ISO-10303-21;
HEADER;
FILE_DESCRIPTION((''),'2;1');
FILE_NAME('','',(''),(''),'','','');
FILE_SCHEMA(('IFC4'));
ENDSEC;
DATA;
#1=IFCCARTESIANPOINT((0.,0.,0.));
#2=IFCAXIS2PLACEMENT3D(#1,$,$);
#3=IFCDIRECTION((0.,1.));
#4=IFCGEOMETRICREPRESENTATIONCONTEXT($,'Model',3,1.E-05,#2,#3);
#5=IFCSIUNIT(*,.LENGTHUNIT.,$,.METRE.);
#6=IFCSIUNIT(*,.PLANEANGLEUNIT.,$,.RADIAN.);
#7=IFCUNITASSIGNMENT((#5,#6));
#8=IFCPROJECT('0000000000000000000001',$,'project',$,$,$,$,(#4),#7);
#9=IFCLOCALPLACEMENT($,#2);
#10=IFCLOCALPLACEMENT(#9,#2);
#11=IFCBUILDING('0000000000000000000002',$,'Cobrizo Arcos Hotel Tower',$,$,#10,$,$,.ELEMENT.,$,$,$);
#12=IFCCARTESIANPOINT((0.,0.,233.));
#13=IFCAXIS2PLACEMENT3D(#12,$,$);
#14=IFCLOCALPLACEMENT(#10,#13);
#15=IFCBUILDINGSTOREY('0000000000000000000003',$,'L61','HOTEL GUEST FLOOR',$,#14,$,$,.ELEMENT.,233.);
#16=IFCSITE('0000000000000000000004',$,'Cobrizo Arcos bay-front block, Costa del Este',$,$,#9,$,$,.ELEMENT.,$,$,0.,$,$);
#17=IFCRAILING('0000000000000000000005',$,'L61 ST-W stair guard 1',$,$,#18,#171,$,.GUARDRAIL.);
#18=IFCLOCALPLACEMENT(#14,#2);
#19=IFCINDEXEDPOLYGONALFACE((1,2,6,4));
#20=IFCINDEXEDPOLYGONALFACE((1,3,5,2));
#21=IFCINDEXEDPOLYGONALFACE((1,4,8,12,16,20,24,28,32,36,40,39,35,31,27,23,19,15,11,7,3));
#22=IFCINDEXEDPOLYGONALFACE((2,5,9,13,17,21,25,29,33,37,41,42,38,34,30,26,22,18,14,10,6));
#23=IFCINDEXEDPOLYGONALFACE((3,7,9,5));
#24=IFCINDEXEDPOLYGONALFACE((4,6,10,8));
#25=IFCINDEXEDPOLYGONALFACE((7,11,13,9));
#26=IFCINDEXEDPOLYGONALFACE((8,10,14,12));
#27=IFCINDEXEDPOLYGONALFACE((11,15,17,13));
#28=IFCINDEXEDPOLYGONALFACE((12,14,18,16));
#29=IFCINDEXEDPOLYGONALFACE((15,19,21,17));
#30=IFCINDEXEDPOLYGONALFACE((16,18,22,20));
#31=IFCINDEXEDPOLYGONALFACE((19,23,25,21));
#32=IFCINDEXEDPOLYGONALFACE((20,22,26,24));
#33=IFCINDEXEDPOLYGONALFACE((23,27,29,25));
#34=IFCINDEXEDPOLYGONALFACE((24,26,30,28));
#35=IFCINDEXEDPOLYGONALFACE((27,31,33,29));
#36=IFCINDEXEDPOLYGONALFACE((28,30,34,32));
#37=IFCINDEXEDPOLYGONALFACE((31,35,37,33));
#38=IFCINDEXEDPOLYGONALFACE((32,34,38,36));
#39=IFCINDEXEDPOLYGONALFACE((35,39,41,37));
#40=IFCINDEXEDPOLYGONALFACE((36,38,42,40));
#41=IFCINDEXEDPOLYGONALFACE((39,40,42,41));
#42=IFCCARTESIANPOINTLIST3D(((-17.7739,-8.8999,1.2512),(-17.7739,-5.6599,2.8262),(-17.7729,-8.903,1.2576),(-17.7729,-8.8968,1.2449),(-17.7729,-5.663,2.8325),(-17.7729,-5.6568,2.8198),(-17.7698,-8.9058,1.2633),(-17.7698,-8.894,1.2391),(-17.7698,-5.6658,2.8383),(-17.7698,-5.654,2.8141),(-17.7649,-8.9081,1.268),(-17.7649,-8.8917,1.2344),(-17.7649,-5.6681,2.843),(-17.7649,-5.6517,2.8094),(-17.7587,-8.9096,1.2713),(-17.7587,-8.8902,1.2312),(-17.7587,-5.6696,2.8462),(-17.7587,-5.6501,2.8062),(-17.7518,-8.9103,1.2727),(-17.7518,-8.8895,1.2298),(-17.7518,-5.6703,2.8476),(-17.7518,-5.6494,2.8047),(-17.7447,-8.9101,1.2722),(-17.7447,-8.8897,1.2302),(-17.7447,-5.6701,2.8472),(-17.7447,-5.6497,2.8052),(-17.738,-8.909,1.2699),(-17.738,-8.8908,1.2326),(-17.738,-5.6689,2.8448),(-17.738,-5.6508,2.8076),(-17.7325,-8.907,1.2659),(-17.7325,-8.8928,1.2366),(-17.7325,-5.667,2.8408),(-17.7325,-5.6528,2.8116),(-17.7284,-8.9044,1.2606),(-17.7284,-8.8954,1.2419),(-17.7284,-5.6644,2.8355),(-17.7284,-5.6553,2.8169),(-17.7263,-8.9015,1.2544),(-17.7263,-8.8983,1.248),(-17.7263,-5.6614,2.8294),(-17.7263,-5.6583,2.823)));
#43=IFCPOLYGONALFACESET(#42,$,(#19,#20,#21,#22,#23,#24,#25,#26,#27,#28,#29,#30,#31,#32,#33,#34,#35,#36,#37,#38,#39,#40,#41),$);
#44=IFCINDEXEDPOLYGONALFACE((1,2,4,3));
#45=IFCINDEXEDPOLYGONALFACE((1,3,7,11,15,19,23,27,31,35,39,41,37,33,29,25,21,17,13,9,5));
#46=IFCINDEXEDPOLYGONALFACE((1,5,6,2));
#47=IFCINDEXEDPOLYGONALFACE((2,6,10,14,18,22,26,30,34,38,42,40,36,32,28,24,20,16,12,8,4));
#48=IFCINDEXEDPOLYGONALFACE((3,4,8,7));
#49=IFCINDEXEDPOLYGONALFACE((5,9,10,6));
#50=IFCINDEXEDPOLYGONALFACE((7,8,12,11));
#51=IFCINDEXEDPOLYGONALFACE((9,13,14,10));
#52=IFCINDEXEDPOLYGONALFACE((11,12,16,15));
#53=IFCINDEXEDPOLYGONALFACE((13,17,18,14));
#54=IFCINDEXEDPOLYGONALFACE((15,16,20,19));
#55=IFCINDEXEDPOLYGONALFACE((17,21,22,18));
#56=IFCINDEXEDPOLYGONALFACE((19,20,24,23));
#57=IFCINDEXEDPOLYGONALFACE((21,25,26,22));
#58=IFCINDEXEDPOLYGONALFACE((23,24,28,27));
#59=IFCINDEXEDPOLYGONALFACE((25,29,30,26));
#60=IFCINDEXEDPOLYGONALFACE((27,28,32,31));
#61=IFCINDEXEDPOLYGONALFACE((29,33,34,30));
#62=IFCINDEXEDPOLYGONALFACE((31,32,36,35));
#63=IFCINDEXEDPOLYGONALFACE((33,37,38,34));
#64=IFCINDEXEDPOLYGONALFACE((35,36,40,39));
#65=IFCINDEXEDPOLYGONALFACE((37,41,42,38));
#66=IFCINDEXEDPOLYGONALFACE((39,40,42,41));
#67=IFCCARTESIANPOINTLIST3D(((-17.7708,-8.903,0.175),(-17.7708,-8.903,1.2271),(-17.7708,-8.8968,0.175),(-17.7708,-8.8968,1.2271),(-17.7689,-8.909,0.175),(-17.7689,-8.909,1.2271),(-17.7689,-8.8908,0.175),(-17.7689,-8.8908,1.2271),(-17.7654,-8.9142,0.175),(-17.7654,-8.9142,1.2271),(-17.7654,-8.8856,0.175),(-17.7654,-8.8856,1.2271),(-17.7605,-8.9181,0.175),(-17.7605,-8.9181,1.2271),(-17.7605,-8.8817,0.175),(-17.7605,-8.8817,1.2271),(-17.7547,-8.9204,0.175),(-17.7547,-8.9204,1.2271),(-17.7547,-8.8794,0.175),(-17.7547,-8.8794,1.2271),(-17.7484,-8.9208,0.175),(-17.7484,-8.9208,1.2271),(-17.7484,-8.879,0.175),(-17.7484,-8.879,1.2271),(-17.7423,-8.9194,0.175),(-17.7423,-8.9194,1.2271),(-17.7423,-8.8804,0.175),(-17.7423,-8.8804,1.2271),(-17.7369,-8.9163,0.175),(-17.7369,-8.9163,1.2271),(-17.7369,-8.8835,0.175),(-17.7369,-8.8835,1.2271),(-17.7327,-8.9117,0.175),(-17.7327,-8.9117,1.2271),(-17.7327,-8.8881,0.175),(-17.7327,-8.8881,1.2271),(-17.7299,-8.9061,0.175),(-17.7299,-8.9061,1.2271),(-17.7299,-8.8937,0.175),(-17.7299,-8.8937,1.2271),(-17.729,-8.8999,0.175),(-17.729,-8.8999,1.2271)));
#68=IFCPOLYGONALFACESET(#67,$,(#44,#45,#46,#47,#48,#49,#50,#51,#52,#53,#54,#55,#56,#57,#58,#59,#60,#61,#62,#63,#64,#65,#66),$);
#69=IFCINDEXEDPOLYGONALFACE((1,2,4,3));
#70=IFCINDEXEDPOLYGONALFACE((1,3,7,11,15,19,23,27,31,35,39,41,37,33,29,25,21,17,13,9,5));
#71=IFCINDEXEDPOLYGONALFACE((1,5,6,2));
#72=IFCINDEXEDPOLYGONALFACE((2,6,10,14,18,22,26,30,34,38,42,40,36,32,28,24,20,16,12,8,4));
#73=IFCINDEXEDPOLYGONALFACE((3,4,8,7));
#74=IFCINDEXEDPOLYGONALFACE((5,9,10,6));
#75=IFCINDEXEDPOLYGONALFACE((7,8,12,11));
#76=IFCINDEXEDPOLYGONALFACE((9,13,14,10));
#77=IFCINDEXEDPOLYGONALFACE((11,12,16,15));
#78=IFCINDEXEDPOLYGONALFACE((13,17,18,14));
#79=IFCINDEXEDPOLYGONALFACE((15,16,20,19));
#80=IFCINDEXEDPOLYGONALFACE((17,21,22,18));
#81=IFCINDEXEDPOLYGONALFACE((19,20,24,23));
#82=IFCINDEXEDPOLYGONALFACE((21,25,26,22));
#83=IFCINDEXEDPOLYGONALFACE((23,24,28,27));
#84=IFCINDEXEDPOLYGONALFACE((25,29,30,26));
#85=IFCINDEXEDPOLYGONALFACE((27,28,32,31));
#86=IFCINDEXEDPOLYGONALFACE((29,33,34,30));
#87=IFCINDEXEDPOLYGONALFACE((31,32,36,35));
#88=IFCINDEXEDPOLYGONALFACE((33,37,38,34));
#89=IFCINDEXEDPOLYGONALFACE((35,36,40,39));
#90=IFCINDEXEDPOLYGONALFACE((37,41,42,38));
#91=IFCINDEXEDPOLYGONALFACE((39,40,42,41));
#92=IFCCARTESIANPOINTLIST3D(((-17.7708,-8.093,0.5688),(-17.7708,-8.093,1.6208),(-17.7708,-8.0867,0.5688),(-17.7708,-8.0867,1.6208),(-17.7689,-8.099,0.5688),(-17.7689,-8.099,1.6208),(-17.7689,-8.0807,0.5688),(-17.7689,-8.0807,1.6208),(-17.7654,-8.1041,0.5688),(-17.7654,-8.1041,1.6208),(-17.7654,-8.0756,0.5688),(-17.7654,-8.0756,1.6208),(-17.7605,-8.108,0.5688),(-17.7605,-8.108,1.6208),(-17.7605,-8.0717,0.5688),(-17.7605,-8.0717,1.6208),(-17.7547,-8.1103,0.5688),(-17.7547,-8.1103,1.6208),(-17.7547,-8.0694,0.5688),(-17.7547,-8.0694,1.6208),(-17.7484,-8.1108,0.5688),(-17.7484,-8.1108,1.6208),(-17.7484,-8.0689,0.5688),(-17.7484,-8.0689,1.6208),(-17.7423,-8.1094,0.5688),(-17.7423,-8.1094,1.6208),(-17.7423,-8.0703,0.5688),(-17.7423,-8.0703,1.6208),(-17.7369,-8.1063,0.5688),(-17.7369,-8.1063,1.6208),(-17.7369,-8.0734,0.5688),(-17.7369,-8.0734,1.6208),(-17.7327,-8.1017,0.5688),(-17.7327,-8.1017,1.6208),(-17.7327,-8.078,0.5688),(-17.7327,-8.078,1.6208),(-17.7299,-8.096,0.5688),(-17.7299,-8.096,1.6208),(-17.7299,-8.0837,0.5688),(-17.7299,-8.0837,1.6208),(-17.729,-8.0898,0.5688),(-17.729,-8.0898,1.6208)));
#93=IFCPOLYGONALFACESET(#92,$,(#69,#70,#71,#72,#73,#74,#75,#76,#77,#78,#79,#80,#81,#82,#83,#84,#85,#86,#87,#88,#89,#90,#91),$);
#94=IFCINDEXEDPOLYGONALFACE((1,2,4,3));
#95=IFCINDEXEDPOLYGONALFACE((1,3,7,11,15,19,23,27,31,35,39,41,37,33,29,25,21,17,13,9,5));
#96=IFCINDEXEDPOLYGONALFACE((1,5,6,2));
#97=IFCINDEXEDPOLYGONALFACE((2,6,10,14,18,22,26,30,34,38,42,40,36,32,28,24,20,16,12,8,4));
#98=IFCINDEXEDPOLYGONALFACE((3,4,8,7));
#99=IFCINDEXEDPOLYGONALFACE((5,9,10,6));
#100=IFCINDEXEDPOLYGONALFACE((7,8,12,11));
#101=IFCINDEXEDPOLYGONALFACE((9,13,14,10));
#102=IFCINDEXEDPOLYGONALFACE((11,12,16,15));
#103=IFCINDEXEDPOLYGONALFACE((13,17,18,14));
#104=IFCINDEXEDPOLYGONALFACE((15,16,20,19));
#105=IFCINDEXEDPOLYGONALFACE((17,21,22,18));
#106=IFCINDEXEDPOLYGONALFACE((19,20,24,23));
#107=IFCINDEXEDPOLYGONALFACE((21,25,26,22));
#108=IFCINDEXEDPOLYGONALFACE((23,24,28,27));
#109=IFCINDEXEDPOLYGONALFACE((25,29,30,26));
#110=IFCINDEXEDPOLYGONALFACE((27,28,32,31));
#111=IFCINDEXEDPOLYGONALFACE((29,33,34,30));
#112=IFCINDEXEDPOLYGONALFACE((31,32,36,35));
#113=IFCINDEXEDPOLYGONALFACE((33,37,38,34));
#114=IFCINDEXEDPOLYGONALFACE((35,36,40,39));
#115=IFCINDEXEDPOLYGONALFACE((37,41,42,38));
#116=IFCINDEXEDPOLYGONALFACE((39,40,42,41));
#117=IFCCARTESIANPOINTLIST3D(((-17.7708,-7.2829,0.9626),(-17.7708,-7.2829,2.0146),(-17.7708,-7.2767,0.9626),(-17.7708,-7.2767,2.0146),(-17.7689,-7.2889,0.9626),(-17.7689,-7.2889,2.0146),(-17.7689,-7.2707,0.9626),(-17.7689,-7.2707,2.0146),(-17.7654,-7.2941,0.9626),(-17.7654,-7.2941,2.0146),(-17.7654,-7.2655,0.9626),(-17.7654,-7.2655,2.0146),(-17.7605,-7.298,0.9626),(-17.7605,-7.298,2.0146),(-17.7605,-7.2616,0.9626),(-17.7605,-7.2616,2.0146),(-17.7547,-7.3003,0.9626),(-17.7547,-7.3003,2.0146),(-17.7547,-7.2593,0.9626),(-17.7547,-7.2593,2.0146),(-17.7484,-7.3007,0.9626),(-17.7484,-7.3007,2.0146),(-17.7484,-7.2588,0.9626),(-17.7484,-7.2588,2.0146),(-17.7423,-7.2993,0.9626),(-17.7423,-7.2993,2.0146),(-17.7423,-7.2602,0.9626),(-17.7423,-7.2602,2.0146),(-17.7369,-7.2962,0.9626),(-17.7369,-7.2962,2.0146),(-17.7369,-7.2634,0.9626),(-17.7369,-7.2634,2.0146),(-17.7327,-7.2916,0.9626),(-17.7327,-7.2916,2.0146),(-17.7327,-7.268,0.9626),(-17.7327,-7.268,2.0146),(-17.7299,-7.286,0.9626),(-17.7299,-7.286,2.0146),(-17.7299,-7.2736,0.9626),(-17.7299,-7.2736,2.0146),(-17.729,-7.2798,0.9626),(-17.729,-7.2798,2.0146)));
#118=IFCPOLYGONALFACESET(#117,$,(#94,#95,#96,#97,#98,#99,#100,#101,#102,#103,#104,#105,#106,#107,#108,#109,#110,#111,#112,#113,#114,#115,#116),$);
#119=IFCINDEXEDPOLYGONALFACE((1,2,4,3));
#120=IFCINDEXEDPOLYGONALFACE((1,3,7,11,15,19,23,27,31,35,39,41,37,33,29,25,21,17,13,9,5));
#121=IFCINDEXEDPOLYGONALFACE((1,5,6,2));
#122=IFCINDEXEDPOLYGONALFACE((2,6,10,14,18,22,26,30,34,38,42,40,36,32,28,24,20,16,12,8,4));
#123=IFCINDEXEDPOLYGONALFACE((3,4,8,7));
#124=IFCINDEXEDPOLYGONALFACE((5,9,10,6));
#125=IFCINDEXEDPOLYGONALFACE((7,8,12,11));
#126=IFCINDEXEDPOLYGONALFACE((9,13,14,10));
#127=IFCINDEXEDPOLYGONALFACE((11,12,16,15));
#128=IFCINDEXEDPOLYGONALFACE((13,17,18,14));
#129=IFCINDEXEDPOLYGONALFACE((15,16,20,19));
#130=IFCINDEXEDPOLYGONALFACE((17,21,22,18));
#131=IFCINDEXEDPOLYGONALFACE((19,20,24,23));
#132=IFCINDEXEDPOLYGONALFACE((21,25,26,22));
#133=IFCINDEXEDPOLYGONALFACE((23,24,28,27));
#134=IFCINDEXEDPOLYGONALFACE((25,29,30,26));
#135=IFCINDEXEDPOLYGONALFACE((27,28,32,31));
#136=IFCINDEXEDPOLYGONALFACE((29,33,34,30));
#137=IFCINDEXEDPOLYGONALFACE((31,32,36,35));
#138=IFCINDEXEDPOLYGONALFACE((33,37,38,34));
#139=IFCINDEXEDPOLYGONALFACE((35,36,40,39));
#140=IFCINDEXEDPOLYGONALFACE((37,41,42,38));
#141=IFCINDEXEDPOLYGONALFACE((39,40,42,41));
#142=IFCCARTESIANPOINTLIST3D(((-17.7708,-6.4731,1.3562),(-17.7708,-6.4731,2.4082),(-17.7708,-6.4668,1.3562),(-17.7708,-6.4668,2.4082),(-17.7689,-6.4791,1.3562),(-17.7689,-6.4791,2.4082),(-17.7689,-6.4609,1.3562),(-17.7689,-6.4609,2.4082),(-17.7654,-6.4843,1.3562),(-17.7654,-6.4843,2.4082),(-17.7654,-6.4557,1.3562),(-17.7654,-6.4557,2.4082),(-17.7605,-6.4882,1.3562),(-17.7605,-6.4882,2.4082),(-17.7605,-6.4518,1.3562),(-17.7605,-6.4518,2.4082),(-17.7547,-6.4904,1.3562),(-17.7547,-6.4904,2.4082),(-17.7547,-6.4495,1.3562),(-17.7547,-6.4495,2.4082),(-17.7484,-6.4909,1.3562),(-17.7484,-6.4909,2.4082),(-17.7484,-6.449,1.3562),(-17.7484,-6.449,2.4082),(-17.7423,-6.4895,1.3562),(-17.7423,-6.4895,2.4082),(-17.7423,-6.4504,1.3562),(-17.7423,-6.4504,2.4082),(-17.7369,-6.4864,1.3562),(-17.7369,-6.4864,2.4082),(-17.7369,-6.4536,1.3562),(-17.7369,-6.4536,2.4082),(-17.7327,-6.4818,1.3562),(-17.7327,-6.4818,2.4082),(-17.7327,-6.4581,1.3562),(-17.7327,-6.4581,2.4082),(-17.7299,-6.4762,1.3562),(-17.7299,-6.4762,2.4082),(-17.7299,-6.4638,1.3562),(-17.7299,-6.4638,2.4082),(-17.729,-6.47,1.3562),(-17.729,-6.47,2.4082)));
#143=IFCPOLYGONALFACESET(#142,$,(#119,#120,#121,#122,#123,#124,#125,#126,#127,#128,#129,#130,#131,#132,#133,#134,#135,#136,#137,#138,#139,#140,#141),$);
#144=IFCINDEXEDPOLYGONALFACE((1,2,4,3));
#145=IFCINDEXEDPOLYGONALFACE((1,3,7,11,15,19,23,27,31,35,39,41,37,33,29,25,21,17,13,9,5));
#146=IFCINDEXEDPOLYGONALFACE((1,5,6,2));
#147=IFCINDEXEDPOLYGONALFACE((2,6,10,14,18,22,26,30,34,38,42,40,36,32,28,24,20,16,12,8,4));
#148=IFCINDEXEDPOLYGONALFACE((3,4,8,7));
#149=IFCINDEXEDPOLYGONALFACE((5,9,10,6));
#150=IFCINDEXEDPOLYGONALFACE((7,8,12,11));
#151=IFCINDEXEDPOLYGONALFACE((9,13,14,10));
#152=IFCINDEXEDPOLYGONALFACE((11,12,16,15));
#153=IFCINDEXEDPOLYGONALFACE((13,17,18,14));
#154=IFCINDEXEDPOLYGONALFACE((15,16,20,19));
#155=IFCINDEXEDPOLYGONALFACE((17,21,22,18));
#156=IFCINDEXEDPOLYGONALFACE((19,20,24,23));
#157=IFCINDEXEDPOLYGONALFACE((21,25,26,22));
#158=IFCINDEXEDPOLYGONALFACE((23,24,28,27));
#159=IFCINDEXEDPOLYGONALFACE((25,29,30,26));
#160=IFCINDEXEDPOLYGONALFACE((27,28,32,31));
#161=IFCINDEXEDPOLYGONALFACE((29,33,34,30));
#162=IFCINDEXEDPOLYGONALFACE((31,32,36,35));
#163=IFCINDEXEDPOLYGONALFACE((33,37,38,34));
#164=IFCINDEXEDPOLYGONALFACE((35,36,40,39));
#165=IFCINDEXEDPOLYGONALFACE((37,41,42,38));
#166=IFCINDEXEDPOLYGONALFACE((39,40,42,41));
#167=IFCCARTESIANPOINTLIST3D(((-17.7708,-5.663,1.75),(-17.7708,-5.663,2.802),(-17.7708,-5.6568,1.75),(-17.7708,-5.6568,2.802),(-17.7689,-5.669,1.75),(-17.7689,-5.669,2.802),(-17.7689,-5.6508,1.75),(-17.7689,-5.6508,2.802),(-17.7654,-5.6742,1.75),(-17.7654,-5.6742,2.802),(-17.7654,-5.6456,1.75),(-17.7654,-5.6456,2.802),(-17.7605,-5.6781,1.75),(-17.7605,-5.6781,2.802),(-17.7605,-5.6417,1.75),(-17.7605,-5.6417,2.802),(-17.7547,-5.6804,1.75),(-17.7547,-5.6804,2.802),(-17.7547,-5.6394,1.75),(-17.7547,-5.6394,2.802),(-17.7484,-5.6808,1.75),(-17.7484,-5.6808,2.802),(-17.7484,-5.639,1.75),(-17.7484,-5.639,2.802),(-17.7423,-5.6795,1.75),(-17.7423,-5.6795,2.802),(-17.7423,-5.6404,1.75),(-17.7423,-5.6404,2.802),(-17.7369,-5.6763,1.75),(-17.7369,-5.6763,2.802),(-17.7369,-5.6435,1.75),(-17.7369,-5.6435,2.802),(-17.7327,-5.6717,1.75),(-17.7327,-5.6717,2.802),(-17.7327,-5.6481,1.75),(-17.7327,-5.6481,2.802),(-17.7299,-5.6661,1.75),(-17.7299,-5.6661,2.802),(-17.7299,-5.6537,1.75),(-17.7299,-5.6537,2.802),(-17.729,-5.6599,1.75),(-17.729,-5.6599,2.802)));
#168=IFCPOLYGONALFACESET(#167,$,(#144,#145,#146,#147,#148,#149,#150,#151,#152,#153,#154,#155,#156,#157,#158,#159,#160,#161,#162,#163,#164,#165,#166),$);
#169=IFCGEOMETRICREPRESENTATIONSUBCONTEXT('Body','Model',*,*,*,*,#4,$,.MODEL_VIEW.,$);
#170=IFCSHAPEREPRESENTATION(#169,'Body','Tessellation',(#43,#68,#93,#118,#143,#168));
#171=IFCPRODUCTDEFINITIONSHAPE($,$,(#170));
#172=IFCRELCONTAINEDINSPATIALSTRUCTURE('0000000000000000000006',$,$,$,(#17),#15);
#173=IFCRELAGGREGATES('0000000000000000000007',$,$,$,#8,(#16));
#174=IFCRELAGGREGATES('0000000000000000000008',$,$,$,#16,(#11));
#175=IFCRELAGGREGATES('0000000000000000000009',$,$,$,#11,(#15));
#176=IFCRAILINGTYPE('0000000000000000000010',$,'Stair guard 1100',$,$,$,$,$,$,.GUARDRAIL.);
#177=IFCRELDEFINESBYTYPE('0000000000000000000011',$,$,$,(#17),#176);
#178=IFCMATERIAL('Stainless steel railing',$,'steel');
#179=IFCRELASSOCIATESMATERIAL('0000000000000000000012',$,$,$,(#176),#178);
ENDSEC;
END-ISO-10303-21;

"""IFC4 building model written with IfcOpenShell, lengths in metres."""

from ifc_helpers import new_model, si_unit, direction, frame, origin, origin_2d, place, context, subcontext, project, spatial, circle, extrude, material, type_object, element, save


model = new_model("IFC4")

# Units and contexts
model_context = context("Model", 3, precision=1e-05, world=origin(), true_north=direction((0.0, 1.0)))
body_context = subcontext(model_context, "Body", "Model", "MODEL_VIEW")
ifc_project = project(units=[si_unit("LENGTHUNIT", "METRE"), si_unit("PLANEANGLEUNIT", "RADIAN")], contexts=[model_context])

# Site, building, storey
site_placement = place(None, origin())
site = spatial("IfcSite", under=ifc_project, at=site_placement, Name="Cobrizo Arcos bay-front block, Costa del Este", CompositionType="ELEMENT", RefElevation=0.0)
building_placement = place(site_placement, origin())
building = spatial("IfcBuilding", under=site, at=building_placement, Name="Cobrizo Arcos Hotel Tower", CompositionType="ELEMENT")
storey_placement = place(building_placement, frame((0.0, 0.0, 233.0)))
storey = spatial("IfcBuildingStorey", under=building, at=storey_placement, Name="L61", Description="HOTEL GUEST FLOOR", CompositionType="ELEMENT", Elevation=233.0)

# Railing
ifc_material_1 = material(Name="Stainless steel railing", Category="steel")
railing_type = type_object("IfcRailingType", Name="Stair guard 1100", PredefinedType="GUARDRAIL", material=ifc_material_1)
railing_1_placement = place(storey_placement, frame((-17.75, -8.8999, 0.175)))
element("IfcRailing", 1, at=railing_1_placement, inside=storey, type_object=railing_type, Name="L61 ST-W stair guard 1", PredefinedType="GUARDRAIL", context=body_context, shape_type="SweptSolid", body=[
    extrude(circle(Radius=0.0239, at=origin_2d()), frame((0.0, 0.0, 1.0762), z_axis=(0.0, 0.899373, 0.437183), x_axis=(-1.0, 0.0, 0.0)), (0.0, 0.0, 1.0), 3.6025),
    extrude(circle(Radius=0.021, at=origin_2d()), origin(), (0.0, 0.0, 1.0), 1.052),
    extrude(circle(Radius=0.021, at=origin_2d()), frame((0.0, 0.8101, 0.3938)), (0.0, 0.0, 1.0), 1.052),
    extrude(circle(Radius=0.021, at=origin_2d()), frame((0.0, 1.6201, 0.7876)), (0.0, 0.0, 1.0), 1.052),
    extrude(circle(Radius=0.021, at=origin_2d()), frame((0.0, 2.4299, 1.1812)), (0.0, 0.0, 1.0), 1.052),
    extrude(circle(Radius=0.021, at=origin_2d()), frame((0.0, 3.24, 1.575)), (0.0, 0.0, 1.0), 1.052),
])

save(model, "model.ifc")
